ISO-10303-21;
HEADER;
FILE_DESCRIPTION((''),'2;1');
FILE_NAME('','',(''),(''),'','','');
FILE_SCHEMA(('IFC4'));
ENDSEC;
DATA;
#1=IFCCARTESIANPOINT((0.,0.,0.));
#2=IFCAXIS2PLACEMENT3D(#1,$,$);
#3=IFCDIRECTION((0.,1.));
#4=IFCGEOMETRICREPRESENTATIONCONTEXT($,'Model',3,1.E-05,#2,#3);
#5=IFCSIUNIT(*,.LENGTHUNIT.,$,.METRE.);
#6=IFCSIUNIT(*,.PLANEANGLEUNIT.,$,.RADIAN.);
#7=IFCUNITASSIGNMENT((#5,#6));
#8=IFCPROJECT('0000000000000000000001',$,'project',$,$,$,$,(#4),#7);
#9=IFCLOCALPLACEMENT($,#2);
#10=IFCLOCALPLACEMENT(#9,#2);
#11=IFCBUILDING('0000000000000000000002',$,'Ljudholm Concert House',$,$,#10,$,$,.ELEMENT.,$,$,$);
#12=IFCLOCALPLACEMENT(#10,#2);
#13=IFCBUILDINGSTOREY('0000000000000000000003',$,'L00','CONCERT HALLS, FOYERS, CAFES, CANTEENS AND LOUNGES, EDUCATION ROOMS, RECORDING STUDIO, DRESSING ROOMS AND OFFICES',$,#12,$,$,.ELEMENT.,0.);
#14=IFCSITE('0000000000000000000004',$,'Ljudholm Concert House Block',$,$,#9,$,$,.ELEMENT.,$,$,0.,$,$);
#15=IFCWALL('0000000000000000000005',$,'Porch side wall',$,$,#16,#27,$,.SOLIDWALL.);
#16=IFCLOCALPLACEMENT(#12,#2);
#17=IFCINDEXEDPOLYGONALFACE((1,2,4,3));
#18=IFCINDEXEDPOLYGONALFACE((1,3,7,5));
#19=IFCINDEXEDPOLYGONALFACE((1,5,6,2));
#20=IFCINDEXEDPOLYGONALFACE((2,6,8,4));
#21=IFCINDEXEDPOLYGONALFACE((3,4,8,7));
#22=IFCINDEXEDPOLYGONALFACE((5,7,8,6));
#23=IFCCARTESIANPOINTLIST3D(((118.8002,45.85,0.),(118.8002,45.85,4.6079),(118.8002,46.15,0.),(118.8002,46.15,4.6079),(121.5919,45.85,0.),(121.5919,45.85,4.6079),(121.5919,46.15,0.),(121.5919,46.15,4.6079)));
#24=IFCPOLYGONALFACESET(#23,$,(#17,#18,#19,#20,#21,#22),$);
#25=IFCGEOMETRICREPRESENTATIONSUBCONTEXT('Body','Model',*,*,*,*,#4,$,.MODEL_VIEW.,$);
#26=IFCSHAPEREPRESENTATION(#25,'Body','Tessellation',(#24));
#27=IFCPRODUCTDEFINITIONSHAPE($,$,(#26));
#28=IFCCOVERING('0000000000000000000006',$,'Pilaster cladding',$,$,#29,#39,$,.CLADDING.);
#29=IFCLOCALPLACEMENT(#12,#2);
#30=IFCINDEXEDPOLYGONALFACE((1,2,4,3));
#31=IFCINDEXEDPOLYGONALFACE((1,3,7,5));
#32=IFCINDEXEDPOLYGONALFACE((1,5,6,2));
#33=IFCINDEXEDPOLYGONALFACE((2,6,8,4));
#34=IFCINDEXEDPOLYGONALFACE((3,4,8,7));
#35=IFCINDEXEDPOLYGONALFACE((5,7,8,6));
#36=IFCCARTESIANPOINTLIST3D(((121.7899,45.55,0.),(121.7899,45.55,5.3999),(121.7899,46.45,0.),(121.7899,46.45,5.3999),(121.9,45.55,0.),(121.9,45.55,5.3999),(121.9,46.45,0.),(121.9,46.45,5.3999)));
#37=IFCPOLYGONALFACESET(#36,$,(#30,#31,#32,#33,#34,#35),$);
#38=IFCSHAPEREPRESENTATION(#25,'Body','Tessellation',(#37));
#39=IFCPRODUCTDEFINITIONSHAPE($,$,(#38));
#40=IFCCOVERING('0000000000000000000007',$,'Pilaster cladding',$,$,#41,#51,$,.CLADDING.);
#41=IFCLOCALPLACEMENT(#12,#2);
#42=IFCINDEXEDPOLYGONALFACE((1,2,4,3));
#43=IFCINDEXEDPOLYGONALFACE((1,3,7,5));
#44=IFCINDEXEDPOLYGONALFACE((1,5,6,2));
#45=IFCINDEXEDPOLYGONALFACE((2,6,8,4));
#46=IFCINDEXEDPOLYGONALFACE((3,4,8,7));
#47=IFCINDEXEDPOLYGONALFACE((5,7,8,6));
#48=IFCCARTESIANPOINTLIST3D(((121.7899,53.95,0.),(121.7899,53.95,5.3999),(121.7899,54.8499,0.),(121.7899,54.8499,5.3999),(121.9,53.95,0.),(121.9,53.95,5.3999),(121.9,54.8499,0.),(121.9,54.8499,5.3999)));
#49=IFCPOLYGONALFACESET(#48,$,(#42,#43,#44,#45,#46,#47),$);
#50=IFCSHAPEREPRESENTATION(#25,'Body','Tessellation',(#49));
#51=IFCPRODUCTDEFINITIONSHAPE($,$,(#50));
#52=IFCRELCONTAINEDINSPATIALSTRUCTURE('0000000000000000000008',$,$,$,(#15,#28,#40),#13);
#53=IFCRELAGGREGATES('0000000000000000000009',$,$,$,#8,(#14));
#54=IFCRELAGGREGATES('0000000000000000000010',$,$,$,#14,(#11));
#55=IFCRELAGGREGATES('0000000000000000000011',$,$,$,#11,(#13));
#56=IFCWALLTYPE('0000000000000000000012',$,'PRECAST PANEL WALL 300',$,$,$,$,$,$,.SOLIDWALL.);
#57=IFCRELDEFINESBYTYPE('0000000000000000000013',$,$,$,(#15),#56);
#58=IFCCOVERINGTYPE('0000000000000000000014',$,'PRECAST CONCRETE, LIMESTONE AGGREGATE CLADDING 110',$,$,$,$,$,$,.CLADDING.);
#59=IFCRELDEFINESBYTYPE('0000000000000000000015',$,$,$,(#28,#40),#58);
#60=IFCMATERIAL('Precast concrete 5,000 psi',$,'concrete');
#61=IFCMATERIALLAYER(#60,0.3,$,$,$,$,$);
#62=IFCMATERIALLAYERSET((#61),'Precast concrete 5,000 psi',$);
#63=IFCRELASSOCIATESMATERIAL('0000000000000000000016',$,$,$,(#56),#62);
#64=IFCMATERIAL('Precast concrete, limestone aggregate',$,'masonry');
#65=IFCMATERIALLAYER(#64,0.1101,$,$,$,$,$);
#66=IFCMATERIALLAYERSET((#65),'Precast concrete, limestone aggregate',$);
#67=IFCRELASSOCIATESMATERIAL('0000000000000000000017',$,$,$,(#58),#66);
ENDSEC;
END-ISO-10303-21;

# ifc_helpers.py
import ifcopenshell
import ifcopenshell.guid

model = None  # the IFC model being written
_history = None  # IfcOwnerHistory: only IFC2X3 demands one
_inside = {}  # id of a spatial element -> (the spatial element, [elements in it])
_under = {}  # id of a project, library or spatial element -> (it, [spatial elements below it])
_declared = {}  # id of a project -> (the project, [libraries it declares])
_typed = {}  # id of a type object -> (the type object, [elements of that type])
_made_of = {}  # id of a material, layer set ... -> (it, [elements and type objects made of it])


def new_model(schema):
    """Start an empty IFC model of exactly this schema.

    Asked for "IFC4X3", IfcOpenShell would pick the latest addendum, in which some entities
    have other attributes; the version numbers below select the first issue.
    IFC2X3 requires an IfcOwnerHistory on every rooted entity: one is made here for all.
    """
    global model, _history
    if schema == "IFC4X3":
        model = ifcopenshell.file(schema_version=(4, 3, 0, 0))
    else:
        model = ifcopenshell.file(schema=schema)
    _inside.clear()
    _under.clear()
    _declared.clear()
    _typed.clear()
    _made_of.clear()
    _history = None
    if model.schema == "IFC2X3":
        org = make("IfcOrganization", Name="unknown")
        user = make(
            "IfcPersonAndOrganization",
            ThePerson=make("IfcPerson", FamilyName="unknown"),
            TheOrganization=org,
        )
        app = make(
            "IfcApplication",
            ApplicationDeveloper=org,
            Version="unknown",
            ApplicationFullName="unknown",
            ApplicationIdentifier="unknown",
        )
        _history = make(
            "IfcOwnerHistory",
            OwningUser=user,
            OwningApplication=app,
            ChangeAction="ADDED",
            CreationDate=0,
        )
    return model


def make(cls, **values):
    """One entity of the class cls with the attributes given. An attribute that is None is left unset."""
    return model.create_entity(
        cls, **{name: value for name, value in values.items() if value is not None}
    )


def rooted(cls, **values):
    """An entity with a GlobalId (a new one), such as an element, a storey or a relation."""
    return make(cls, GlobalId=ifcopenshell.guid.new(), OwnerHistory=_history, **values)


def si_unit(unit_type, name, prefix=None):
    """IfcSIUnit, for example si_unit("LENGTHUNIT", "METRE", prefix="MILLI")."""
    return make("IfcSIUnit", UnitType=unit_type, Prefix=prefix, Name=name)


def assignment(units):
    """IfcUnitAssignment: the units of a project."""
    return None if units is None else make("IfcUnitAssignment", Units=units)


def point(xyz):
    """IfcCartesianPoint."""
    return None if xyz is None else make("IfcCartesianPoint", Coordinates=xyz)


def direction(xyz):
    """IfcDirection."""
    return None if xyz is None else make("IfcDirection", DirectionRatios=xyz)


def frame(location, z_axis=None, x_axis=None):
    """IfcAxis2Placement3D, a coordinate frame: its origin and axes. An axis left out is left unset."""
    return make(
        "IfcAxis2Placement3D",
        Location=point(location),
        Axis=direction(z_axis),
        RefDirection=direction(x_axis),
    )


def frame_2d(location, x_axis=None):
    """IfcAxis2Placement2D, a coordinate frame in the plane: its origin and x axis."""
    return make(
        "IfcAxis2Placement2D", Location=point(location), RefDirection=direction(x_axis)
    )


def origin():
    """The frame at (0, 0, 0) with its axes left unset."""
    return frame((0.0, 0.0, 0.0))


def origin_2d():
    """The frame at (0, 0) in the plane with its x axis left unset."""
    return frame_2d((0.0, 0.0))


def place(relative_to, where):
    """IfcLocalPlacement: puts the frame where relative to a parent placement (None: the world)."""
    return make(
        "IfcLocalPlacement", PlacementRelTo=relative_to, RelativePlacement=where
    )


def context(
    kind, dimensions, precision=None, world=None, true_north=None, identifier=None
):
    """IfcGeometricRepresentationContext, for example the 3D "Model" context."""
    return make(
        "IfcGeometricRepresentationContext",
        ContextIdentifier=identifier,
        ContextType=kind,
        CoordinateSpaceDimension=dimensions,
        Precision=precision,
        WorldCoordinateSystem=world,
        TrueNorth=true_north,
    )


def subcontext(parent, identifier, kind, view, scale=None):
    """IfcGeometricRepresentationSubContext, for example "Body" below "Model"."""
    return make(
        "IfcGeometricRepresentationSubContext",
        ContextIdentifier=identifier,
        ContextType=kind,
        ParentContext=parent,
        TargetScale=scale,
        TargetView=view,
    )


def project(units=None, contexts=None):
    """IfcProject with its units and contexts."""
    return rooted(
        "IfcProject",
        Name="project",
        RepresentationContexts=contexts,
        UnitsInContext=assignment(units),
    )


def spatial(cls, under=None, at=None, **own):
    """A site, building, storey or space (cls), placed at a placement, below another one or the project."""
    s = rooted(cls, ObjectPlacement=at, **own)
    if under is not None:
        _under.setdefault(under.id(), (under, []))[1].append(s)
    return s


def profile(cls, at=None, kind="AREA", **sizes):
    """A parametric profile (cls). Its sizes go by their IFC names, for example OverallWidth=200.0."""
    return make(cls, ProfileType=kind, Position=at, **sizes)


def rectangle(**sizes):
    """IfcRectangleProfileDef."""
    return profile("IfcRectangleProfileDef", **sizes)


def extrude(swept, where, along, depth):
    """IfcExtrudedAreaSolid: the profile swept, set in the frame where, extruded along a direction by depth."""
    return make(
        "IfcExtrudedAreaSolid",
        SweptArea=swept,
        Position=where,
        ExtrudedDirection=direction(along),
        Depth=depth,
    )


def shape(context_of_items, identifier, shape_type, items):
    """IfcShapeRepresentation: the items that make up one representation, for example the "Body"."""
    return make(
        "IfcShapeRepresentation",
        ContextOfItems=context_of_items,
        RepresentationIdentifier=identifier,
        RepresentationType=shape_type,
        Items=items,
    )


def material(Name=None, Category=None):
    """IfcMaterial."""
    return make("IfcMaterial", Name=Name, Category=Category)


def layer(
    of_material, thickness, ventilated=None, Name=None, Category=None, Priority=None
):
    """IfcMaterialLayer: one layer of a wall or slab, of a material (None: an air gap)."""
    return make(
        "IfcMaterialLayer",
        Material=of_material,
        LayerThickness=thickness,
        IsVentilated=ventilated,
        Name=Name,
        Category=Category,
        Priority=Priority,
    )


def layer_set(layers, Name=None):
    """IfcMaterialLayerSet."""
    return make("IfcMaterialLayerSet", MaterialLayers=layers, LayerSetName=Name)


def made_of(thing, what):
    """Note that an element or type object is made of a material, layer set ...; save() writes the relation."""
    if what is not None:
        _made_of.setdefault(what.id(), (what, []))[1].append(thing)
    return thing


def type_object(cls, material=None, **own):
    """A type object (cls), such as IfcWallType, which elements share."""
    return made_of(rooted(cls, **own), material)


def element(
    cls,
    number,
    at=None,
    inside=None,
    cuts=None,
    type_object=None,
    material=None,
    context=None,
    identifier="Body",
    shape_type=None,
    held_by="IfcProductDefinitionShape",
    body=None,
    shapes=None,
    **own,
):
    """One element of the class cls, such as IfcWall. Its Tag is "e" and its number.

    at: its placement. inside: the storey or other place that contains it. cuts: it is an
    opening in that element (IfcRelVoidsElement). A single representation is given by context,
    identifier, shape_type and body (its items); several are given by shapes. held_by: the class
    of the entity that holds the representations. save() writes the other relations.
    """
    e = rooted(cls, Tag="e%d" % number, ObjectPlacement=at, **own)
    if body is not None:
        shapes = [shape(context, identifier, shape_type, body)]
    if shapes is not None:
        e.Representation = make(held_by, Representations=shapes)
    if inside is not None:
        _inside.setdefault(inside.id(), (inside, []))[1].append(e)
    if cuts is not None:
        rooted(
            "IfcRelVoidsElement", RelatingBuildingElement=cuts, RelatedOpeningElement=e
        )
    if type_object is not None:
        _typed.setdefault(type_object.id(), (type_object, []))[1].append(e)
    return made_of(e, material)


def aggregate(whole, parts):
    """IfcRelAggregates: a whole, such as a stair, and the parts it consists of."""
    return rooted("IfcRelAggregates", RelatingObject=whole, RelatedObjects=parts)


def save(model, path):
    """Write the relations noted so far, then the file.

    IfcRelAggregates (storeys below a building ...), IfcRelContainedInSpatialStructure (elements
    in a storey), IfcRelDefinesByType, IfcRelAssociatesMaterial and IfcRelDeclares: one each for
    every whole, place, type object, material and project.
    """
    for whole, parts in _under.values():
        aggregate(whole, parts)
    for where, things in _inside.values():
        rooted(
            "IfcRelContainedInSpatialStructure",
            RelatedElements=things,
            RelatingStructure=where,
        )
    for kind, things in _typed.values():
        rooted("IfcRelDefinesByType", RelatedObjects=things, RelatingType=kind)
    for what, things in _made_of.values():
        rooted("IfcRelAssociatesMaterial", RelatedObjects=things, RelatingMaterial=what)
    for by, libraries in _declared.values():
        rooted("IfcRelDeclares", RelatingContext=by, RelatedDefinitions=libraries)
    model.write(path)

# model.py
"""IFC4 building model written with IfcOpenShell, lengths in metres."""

from ifc_helpers import new_model, si_unit, direction, frame, frame_2d, origin, origin_2d, place, context, subcontext, project, spatial, rectangle, extrude, material, layer, layer_set, type_object, element, save


model = new_model("IFC4")

# Units and contexts
model_context = context("Model", 3, precision=1e-05, world=origin(), true_north=direction((0.0, 1.0)))
body_context = subcontext(model_context, "Body", "Model", "MODEL_VIEW")
ifc_project = project(units=[si_unit("LENGTHUNIT", "METRE"), si_unit("PLANEANGLEUNIT", "RADIAN")], contexts=[model_context])

# Site, building, storey
site_placement = place(None, origin())
site = spatial("IfcSite", under=ifc_project, at=site_placement, Name="Ljudholm Concert House Block", CompositionType="ELEMENT", RefElevation=0.0)
building_placement = place(site_placement, origin())
building = spatial("IfcBuilding", under=site, at=building_placement, Name="Ljudholm Concert House", CompositionType="ELEMENT")
storey_placement = place(building_placement, origin())
storey = spatial("IfcBuildingStorey", under=building, at=storey_placement, Name="L00", Description="CONCERT HALLS, FOYERS, CAFES, CANTEENS AND LOUNGES, EDUCATION ROOMS, RECORDING STUDIO, DRESSING ROOMS AND OFFICES", CompositionType="ELEMENT", Elevation=0.0)

# Shared definitions
ifc_material_1 = material(Name="Precast concrete 5,000 psi", Category="concrete")
ifc_layer_1 = layer(ifc_material_1, 0.3)
ifc_layer_set_1 = layer_set([ifc_layer_1], Name="Precast concrete 5,000 psi")
wall_type = type_object("IfcWallType", Name="PRECAST PANEL WALL 300", PredefinedType="SOLIDWALL", material=ifc_layer_set_1)

# Wall
wall_1_placement = place(storey_placement, frame((118.8, 46.0, 0.0), z_axis=(0.0, 0.0, 1.0), x_axis=(1.0, 0.0, 0.0)))
element("IfcWall", 1, at=wall_1_placement, inside=storey, type_object=wall_type, Name="Porch side wall", PredefinedType="SOLIDWALL", context=body_context, shape_type="SweptSolid", body=[
    extrude(rectangle(XDim=2.7917, YDim=0.3, at=frame_2d((1.396, 0.0))), origin(), (0.0, 0.0, 1.0), 4.6079),
])

# Coverings
ifc_material_2 = material(Name="Precast concrete, limestone aggregate", Category="masonry")
ifc_layer_2 = layer(ifc_material_2, 0.1101)
ifc_layer_set_2 = layer_set([ifc_layer_2], Name="Precast concrete, limestone aggregate")
covering_type = type_object("IfcCoveringType", Name="PRECAST CONCRETE, LIMESTONE AGGREGATE CLADDING 110", PredefinedType="CLADDING", material=ifc_layer_set_2)
for number, where, z_axis, x_axis, name in (
    (2, (121.845, 46.0, 0.0), (0.0, 0.0, 1.0), (1.0, 0.0, 0.0), "Pilaster cladding"),
    (3, (121.845, 54.3999, 0.0), (0.0, 0.0, 1.0), (1.0, 0.0, 0.0), "Pilaster cladding"),
):
    element("IfcCovering", number, at=place(storey_placement, frame(where, z_axis=z_axis, x_axis=x_axis)), inside=storey, type_object=covering_type, Name=name, PredefinedType="CLADDING", context=body_context, shape_type="SweptSolid", body=[
        extrude(rectangle(XDim=0.1101, YDim=0.8999, at=origin_2d()), origin(), (0.0, 0.0, 1.0), 5.3999),
    ])

save(model, "model.ifc")
